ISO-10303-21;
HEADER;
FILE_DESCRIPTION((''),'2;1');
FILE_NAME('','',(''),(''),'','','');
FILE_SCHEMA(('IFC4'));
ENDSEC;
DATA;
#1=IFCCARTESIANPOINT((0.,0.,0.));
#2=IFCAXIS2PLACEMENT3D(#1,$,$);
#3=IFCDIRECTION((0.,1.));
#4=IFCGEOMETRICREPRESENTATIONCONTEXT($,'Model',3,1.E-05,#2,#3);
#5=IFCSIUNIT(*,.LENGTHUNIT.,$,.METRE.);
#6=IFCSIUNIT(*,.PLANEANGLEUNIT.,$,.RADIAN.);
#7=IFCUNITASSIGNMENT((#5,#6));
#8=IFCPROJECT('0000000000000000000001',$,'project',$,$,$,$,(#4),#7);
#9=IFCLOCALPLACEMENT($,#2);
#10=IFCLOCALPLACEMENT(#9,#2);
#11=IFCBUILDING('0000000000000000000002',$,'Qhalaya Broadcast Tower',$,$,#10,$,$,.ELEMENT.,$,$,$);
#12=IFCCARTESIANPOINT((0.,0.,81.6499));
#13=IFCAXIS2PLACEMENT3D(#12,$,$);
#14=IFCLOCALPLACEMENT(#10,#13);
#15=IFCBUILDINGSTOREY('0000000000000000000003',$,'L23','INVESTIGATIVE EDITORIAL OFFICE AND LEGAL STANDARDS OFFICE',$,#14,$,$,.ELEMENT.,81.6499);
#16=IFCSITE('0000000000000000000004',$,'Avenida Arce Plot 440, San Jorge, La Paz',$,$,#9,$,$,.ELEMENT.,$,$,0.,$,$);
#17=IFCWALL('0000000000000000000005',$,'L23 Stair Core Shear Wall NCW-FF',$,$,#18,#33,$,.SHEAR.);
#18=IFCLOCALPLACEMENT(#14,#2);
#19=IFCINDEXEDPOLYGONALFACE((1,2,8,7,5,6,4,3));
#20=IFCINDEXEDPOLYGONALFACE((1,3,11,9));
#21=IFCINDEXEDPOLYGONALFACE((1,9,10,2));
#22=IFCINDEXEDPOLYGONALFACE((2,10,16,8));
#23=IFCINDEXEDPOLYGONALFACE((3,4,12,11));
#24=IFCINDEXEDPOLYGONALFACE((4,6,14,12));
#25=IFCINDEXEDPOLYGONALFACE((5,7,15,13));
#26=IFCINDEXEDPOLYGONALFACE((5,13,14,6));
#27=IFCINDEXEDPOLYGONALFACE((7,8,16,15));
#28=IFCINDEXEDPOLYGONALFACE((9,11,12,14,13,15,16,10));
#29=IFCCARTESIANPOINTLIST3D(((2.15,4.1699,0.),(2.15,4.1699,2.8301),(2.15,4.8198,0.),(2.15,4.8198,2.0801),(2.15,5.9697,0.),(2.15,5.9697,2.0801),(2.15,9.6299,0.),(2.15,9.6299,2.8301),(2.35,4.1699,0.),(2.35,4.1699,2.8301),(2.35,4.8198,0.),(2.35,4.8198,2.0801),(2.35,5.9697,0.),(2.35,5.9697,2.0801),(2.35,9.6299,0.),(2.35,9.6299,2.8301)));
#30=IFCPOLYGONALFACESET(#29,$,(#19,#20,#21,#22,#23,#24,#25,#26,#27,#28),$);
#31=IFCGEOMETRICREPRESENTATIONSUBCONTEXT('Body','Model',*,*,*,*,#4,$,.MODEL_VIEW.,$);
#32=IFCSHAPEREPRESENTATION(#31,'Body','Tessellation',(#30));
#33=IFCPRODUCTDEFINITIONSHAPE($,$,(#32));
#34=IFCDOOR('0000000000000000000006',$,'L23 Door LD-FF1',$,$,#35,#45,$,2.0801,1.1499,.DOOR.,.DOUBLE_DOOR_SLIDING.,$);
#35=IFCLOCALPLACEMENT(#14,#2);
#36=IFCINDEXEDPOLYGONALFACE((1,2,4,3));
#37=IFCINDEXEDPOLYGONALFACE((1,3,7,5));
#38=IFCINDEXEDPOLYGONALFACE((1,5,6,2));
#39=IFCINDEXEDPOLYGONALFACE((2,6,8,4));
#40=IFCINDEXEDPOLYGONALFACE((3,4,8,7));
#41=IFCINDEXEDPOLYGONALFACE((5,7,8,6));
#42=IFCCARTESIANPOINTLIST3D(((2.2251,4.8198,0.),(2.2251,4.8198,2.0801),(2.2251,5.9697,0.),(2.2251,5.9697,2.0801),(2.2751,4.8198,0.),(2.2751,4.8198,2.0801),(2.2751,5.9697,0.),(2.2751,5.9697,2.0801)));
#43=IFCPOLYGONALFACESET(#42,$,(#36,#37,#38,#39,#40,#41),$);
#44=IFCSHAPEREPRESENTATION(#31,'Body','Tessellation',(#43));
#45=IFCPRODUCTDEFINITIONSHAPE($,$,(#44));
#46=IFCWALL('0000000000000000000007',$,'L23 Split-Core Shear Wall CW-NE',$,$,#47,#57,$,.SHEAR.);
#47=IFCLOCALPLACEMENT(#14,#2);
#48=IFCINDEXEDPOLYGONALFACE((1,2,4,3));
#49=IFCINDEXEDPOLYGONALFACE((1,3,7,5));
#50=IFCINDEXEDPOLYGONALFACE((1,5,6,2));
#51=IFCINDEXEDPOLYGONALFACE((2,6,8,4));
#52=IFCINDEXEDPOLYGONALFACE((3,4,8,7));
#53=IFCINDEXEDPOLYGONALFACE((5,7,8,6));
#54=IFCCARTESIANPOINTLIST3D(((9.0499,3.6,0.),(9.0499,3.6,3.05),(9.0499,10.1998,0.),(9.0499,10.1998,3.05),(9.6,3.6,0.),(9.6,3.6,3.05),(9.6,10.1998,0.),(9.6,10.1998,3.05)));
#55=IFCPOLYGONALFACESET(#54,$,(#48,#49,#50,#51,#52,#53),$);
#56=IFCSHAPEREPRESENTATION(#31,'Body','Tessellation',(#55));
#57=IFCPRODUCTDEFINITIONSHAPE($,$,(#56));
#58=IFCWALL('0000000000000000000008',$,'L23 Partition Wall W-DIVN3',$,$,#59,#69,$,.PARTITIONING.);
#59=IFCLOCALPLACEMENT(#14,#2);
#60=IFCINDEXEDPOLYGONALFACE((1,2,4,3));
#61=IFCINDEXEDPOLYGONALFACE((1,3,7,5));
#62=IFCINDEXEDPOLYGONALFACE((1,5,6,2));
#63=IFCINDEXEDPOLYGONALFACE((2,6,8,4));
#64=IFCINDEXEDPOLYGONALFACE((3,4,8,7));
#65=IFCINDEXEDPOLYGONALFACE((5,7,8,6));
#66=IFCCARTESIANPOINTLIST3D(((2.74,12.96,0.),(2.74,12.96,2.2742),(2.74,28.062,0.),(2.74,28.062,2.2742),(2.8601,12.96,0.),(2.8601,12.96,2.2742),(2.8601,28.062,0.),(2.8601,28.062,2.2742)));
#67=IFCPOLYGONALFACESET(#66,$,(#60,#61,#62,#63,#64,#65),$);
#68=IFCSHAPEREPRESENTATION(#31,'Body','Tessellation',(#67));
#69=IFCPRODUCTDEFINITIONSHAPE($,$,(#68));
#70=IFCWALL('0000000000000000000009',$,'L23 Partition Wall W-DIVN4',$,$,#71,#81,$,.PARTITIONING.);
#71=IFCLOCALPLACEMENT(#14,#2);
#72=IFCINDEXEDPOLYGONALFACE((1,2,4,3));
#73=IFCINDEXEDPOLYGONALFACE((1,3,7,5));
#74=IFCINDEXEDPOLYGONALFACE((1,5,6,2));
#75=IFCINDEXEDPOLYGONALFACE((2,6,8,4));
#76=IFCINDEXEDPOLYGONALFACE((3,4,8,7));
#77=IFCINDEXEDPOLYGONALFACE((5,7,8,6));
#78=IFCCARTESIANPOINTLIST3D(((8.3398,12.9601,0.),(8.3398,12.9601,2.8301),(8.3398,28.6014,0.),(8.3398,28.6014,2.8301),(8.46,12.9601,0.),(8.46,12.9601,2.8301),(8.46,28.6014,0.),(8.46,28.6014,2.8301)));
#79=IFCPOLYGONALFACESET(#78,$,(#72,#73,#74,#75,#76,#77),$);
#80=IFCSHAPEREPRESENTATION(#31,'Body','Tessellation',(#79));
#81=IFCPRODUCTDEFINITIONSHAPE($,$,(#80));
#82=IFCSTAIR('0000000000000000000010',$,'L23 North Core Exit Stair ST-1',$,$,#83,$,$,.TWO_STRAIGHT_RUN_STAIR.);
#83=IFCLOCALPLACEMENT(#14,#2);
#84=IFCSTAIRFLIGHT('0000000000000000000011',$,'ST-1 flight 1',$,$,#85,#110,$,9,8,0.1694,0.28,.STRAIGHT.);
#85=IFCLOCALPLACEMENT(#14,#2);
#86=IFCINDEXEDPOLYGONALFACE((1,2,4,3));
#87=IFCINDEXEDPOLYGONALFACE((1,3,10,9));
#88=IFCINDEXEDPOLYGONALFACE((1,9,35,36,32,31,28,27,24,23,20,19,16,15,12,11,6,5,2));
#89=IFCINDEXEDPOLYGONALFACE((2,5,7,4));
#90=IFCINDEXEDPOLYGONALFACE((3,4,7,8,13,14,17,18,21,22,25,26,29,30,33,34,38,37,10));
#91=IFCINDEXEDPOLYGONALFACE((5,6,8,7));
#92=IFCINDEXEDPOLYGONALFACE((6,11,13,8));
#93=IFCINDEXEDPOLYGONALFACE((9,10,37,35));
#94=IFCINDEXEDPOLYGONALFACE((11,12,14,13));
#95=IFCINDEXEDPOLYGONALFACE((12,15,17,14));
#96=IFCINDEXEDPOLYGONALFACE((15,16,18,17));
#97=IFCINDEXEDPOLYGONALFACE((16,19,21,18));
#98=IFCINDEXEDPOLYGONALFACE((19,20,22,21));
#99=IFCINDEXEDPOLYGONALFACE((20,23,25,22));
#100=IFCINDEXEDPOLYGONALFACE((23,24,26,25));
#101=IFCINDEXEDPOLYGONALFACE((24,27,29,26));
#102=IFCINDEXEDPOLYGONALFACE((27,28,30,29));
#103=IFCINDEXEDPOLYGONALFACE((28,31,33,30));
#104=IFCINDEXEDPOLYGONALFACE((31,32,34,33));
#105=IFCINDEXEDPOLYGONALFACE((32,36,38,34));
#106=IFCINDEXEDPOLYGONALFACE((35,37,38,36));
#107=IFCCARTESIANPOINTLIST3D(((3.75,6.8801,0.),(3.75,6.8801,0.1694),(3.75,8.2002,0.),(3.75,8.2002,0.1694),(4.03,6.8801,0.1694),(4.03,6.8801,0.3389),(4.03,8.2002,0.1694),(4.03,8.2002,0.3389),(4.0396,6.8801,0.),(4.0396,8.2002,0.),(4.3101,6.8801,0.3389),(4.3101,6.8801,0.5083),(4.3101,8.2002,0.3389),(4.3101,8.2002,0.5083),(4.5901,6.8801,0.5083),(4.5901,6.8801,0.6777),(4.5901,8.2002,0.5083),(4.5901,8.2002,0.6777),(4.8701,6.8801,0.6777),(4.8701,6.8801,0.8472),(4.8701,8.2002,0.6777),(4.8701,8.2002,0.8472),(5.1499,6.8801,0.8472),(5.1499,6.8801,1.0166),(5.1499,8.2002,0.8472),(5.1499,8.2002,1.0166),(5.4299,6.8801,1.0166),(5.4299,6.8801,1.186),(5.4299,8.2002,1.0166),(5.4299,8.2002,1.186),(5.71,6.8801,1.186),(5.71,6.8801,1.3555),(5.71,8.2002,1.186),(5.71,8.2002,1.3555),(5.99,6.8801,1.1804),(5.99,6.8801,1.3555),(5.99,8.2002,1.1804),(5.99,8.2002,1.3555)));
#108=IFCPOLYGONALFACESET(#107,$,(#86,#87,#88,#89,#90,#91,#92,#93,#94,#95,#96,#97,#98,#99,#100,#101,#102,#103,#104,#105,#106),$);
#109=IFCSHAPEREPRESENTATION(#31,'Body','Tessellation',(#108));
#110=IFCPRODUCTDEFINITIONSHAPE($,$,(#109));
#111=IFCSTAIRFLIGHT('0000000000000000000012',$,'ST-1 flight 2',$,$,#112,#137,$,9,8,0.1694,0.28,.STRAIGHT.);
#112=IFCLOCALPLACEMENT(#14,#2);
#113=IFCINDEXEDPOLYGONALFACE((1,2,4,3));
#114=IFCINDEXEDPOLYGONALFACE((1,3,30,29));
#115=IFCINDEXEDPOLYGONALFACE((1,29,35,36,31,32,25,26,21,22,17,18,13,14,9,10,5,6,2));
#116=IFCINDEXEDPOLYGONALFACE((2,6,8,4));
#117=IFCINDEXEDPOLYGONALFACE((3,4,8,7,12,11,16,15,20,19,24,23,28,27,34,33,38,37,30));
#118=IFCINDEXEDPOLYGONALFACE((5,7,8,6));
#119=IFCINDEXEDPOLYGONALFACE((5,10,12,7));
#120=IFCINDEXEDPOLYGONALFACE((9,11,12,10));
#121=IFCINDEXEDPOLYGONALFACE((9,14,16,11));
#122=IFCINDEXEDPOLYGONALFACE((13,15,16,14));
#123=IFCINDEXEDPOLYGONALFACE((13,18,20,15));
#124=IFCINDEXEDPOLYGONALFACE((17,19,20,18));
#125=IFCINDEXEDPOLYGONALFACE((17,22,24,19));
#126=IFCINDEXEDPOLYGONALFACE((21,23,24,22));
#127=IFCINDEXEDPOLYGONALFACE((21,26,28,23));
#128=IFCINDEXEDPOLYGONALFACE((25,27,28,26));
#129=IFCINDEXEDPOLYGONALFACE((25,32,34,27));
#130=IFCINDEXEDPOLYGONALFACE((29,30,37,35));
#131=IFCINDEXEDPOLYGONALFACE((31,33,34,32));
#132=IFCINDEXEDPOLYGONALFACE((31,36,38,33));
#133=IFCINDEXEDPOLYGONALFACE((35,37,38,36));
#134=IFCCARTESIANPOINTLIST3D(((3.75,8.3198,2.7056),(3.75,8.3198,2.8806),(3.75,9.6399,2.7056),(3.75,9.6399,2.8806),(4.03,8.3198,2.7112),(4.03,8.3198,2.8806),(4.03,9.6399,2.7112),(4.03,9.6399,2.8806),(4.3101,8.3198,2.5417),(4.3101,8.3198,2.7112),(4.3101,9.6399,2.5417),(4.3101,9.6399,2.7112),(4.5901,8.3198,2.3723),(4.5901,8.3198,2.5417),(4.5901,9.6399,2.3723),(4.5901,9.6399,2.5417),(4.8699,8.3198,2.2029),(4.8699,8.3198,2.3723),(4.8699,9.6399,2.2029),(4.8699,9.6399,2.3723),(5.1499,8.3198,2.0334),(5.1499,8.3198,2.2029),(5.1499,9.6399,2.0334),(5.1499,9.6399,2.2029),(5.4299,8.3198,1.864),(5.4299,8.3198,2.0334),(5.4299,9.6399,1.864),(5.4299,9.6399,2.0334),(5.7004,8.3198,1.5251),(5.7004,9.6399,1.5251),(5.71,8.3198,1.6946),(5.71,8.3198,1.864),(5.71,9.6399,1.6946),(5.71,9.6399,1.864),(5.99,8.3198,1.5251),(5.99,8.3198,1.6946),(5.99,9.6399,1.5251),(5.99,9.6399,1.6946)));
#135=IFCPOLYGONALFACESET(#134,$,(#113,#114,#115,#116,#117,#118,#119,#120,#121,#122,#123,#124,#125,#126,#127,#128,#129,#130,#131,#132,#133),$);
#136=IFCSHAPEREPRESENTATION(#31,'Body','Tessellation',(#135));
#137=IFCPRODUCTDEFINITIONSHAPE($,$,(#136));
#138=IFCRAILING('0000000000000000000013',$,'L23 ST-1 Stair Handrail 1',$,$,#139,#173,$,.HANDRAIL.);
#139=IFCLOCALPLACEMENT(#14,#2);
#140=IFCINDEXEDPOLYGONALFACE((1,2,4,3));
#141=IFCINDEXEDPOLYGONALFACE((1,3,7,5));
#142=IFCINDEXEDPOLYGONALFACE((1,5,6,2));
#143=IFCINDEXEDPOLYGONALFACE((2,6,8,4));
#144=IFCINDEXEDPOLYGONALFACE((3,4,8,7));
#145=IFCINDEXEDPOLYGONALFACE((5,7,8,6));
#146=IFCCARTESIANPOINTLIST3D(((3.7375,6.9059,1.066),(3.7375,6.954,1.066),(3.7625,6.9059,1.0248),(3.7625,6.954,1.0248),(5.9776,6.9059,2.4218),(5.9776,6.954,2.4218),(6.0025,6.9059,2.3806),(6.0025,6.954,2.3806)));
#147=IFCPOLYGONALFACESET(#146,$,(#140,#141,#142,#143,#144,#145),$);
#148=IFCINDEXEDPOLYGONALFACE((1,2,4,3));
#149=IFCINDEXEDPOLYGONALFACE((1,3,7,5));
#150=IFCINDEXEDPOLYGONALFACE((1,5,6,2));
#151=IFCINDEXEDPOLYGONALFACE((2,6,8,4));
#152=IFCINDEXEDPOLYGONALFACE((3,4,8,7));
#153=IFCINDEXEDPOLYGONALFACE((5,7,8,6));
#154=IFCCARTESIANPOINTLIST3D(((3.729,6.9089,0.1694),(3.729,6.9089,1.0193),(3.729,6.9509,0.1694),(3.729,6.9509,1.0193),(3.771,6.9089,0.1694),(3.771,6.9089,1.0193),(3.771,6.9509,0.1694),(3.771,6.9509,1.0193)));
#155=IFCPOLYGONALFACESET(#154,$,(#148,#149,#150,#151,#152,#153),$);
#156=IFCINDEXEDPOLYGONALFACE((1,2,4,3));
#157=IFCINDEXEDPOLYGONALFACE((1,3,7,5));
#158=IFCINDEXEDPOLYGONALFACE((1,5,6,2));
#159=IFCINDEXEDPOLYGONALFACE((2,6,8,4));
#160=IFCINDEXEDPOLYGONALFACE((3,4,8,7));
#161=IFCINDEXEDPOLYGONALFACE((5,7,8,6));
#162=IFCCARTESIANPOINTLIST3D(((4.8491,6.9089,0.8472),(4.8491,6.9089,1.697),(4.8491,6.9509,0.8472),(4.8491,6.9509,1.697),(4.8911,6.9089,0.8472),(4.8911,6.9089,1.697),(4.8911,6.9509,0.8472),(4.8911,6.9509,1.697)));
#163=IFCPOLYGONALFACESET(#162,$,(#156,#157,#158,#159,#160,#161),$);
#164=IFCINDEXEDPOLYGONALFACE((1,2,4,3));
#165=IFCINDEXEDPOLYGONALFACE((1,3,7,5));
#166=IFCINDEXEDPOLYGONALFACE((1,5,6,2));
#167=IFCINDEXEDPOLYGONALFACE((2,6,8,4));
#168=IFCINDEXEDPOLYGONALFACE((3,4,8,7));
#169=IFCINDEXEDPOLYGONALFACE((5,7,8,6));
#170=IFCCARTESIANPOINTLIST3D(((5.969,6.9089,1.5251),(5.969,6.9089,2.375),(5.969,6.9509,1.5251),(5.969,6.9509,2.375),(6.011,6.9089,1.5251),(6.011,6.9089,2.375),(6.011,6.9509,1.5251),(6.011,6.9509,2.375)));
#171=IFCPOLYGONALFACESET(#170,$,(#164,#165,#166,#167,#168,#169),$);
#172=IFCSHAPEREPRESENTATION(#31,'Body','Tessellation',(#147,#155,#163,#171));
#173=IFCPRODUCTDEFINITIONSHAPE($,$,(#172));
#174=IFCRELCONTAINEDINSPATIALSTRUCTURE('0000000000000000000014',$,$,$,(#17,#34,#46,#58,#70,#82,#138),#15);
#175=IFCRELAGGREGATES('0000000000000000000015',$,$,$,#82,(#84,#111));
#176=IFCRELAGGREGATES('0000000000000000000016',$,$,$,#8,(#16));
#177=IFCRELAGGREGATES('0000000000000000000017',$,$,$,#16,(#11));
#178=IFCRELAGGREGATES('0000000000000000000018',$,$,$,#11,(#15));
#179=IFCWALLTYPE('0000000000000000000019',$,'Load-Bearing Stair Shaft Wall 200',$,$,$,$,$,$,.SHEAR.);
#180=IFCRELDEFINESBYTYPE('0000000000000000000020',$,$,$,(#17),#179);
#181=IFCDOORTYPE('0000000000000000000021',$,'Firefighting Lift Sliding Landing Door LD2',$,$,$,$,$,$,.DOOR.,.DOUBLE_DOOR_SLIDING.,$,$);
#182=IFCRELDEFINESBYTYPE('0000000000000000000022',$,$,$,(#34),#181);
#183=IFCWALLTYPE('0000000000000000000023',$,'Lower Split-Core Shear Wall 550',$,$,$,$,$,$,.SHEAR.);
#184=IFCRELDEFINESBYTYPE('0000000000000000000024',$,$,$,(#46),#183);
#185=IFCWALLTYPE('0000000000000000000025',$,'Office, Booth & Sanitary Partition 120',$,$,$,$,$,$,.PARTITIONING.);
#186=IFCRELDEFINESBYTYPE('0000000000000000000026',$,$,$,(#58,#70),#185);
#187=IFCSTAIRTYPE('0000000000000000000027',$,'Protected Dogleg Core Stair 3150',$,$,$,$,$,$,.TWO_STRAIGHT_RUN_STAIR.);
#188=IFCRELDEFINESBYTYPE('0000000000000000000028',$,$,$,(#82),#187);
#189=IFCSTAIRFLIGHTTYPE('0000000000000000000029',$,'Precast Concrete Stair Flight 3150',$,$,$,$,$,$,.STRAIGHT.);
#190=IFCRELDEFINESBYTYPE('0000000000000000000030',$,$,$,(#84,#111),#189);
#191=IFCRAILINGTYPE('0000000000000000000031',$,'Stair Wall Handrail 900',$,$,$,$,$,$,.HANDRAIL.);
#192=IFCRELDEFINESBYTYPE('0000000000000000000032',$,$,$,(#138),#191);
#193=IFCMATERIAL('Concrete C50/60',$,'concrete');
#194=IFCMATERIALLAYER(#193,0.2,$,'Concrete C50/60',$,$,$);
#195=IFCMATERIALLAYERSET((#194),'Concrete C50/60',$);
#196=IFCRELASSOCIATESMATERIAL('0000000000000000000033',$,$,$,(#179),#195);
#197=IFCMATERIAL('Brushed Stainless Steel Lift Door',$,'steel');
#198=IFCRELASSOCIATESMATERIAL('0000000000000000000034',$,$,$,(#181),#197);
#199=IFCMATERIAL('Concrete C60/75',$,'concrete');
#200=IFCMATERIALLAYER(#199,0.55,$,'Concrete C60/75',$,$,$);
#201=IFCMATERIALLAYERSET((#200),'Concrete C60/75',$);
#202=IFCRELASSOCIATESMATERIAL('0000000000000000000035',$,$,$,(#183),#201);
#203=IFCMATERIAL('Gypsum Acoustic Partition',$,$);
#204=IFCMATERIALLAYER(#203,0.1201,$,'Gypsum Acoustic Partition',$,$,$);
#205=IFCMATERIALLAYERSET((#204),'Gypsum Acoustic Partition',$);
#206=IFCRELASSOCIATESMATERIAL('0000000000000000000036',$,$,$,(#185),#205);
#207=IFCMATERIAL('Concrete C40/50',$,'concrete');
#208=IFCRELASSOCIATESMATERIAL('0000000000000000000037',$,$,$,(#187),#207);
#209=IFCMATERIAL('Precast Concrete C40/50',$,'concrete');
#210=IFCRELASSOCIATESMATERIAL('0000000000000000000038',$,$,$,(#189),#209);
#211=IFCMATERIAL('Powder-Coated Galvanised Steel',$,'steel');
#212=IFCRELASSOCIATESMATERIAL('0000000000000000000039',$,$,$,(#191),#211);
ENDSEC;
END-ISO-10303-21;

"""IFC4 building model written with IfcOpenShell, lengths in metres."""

from ifc_helpers import new_model, si_unit, direction, frame, frame_2d, origin, origin_2d, place, context, subcontext, project, spatial, polyline, rectangle, outline, extrude, material, layer, layer_set, type_object, element, fill, aggregate, save


model = new_model("IFC4")

# Units and contexts
model_context = context("Model", 3, precision=1e-05, world=origin(), true_north=direction((0.0, 1.0)))
body_context = subcontext(model_context, "Body", "Model", "MODEL_VIEW")
ifc_project = project(units=[si_unit("LENGTHUNIT", "METRE"), si_unit("PLANEANGLEUNIT", "RADIAN")], contexts=[model_context])

# Site, building, storey
site_placement = place(None, origin())
site = spatial("IfcSite", under=ifc_project, at=site_placement, Name="Avenida Arce Plot 440, San Jorge, La Paz", CompositionType="ELEMENT", RefElevation=0.0)
building_placement = place(site_placement, origin())
building = spatial("IfcBuilding", under=site, at=building_placement, Name="Qhalaya Broadcast Tower", CompositionType="ELEMENT")
storey_placement = place(building_placement, frame((0.0, 0.0, 81.6499)))
storey = spatial("IfcBuildingStorey", under=building, at=storey_placement, Name="L23", Description="INVESTIGATIVE EDITORIAL OFFICE AND LEGAL STANDARDS OFFICE", CompositionType="ELEMENT", Elevation=81.6499)

# Shared definitions
ifc_material_1 = material(Name="Concrete C50/60", Category="concrete")

# Wall, opening, door
ifc_material_2 = material(Name="Gypsum Acoustic Partition")
ifc_layer_1 = layer(ifc_material_1, 0.2, Name="Concrete C50/60")
ifc_layer_set_1 = layer_set([ifc_layer_1], Name="Concrete C50/60")
wall_type_1 = type_object("IfcWallType", Name="Load-Bearing Stair Shaft Wall 200", PredefinedType="SHEAR", material=ifc_layer_set_1)
wall_1_placement = place(storey_placement, frame((2.25, 4.1699, 0.0), z_axis=(0.0, 0.0, 1.0), x_axis=(0.0, 1.0, 0.0)))
wall_1 = element("IfcWall", 1, at=wall_1_placement, inside=storey, type_object=wall_type_1, Name="L23 Stair Core Shear Wall NCW-FF", PredefinedType="SHEAR", context=body_context, shape_type="SweptSolid", body=[
    extrude(rectangle(XDim=5.46, YDim=0.2, at=frame_2d((2.73, 0.0))), origin(), (0.0, 0.0, 1.0), 2.8301),
])
opening_1_placement = place(wall_1_placement, frame((0.6499, 0.0, 0.0)))
opening_1 = element("IfcOpeningElement", 2, at=opening_1_placement, cuts=wall_1, PredefinedType="OPENING", context=body_context, shape_type="SweptSolid", body=[
    extrude(rectangle(XDim=1.1499, YDim=2.0801, at=frame_2d((0.575, 1.04))), frame((0.0, 0.1121, 0.0), z_axis=(0.0, -1.0, 0.0), x_axis=(1.0, 0.0, 0.0)), (0.0, 0.0, 1.0), 0.2239),
])
ifc_material_3 = material(Name="Brushed Stainless Steel Lift Door", Category="steel")
door_type_1 = type_object("IfcDoorType", Name="Firefighting Lift Sliding Landing Door LD2", OperationType="DOUBLE_DOOR_SLIDING", PredefinedType="DOOR", material=ifc_material_3)
door_1_placement = place(opening_1_placement, origin())
door_1 = element("IfcDoor", 3, at=door_1_placement, inside=storey, type_object=door_type_1, Name="L23 Door LD-FF1", OperationType="DOUBLE_DOOR_SLIDING", OverallHeight=2.0801, OverallWidth=1.1499, PredefinedType="DOOR", context=body_context, shape_type="SweptSolid", body=[
    extrude(rectangle(XDim=1.1499, YDim=2.0801, at=frame_2d((0.575, 1.04))), frame((0.0, 0.0249, 0.0), z_axis=(0.0, -1.0, 0.0), x_axis=(1.0, 0.0, 0.0)), (0.0, 0.0, 1.0), 0.05),
])
fill(opening_1, door_1)

# Walls
ifc_material_4 = material(Name="Concrete C60/75", Category="concrete")
ifc_layer_2 = layer(ifc_material_4, 0.55, Name="Concrete C60/75")
ifc_layer_set_2 = layer_set([ifc_layer_2], Name="Concrete C60/75")
wall_type_2 = type_object("IfcWallType", Name="Lower Split-Core Shear Wall 550", PredefinedType="SHEAR", material=ifc_layer_set_2)
wall_2_placement = place(storey_placement, frame((9.325, 3.6001, 0.0), z_axis=(0.0, 0.0, 1.0), x_axis=(0.0, 1.0, 0.0)))
element("IfcWall", 4, at=wall_2_placement, inside=storey, type_object=wall_type_2, Name="L23 Split-Core Shear Wall CW-NE", PredefinedType="SHEAR", context=body_context, shape_type="SweptSolid", body=[
    extrude(rectangle(XDim=6.5999, YDim=0.55, at=frame_2d((3.2998, 0.0))), origin(), (0.0, 0.0, 1.0), 3.05),
])
ifc_layer_3 = layer(ifc_material_2, 0.1201, Name="Gypsum Acoustic Partition")
ifc_layer_set_3 = layer_set([ifc_layer_3], Name="Gypsum Acoustic Partition")
wall_type_3 = type_object("IfcWallType", Name="Office, Booth & Sanitary Partition 120", PredefinedType="PARTITIONING", material=ifc_layer_set_3)
wall_3_placement = place(storey_placement, frame((2.8, 12.96, 0.0), z_axis=(0.0, 0.0, 1.0), x_axis=(0.0, 1.0, 0.0)))
element("IfcWall", 5, at=wall_3_placement, inside=storey, type_object=wall_type_3, Name="L23 Partition Wall W-DIVN3", PredefinedType="PARTITIONING", context=body_context, shape_type="SweptSolid", body=[
    extrude(rectangle(XDim=15.1021, YDim=0.1201, at=frame_2d((7.551, 0.0))), origin(), (0.0, 0.0, 1.0), 2.2742),
])
wall_4_placement = place(storey_placement, frame((8.3999, 12.96, 0.0), z_axis=(0.0, 0.0, 1.0), x_axis=(0.0, 1.0, 0.0)))
element("IfcWall", 6, at=wall_4_placement, inside=storey, type_object=wall_type_3, Name="L23 Partition Wall W-DIVN4", PredefinedType="PARTITIONING", context=body_context, shape_type="SweptSolid", body=[
    extrude(rectangle(XDim=15.6414, YDim=0.1201, at=frame_2d((7.8208, 0.0))), origin(), (0.0, 0.0, 1.0), 2.8301),
])

# Stair, stair flights
ifc_material_5 = material(Name="Concrete C40/50", Category="concrete")
stair_type = type_object("IfcStairType", Name="Protected Dogleg Core Stair 3150", PredefinedType="TWO_STRAIGHT_RUN_STAIR", material=ifc_material_5)
stair_placement = place(storey_placement, origin())
stair = element("IfcStair", 7, at=stair_placement, inside=storey, type_object=stair_type, Name="L23 North Core Exit Stair ST-1", PredefinedType="TWO_STRAIGHT_RUN_STAIR")
ifc_material_6 = material(Name="Precast Concrete C40/50", Category="concrete")
stair_flight_type = type_object("IfcStairFlightType", Name="Precast Concrete Stair Flight 3150", PredefinedType="STRAIGHT", material=ifc_material_6)
stair_flight_1_placement = place(storey_placement, frame((3.75, 7.54, 0.0), z_axis=(0.0, 0.0, 1.0), x_axis=(1.0, 0.0, 0.0)))
stair_flight_1 = element("IfcStairFlight", 8, at=stair_flight_1_placement, type_object=stair_flight_type, Name="ST-1 flight 1", NumberOfRisers=9, NumberOfTreads=8, PredefinedType="STRAIGHT", RiserHeight=0.1694, TreadLength=0.28, context=body_context, shape_type="SweptSolid", body=[
    extrude(outline(polyline([(0.0, 0.0), (0.0, 0.1694), (0.28, 0.1694), (0.28, 0.3389), (0.5601, 0.3389), (0.5601, 0.5083), (0.8401, 0.5083), (0.8401, 0.6777), (1.1201, 0.6777), (1.1201, 0.8472), (1.3999, 0.8472), (1.3999, 1.0166), (1.6799, 1.0166), (1.6799, 1.186), (1.96, 1.186), (1.96, 1.3555), (2.24, 1.3555), (2.24, 1.5249), (2.24, 1.1804), (0.2896, 0.0), (0.0, 0.0)])), frame((0.0, 0.6602, 0.0), z_axis=(0.0, -1.0, 0.0), x_axis=(1.0, 0.0, 0.0)), (0.0, 0.0, 1.0), 1.3201),
])
stair_flight_2_placement = place(storey_placement, frame((5.99, 8.98, 1.5251), z_axis=(0.0, 0.0, 1.0), x_axis=(-1.0, 0.0, 0.0)))
stair_flight_2 = element("IfcStairFlight", 9, at=stair_flight_2_placement, type_object=stair_flight_type, Name="ST-1 flight 2", NumberOfRisers=9, NumberOfTreads=8, PredefinedType="STRAIGHT", RiserHeight=0.1694, TreadLength=0.28, context=body_context, shape_type="SweptSolid", body=[
    extrude(outline(polyline([(0.0, 0.0), (0.0, 0.1694), (0.28, 0.1694), (0.28, 0.3389), (0.5601, 0.3389), (0.5601, 0.5083), (0.8401, 0.5083), (0.8401, 0.6777), (1.1201, 0.6777), (1.1201, 0.8472), (1.3999, 0.8472), (1.3999, 1.0166), (1.6799, 1.0166), (1.6799, 1.186), (1.96, 1.186), (1.96, 1.3555), (2.24, 1.3555), (2.24, 1.5249), (2.24, 1.1804), (0.2896, 0.0), (0.0, 0.0)])), frame((0.0, 0.6602, 0.0), z_axis=(0.0, -1.0, 0.0), x_axis=(1.0, 0.0, 0.0)), (0.0, 0.0, 1.0), 1.3201),
])
aggregate(stair, [stair_flight_1, stair_flight_2])

# Railing
ifc_material_7 = material(Name="Powder-Coated Galvanised Steel", Category="steel")
railing_type_1 = type_object("IfcRailingType", Name="Stair Wall Handrail 900", PredefinedType="HANDRAIL", material=ifc_material_7)
railing_1_placement = place(storey_placement, frame((3.75, 6.9299, 0.1694)))
element("IfcRailing", 10, at=railing_1_placement, inside=storey, type_object=railing_type_1, Name="L23 ST-1 Stair Handrail 1", PredefinedType="HANDRAIL", context=body_context, shape_type="SweptSolid", body=[
    extrude(rectangle(XDim=0.0481, YDim=0.0481, at=origin_2d()), frame((0.0, 0.0, 0.876), z_axis=(0.855512, 0.0, 0.517783), x_axis=(0.0, 1.0, 0.0)), (0.0, 0.0, 1.0), 2.6184),
    extrude(rectangle(XDim=0.042, YDim=0.042, at=origin_2d()), origin(), (0.0, 0.0, 1.0), 0.8499),
    extrude(rectangle(XDim=0.042, YDim=0.042, at=origin_2d()), frame((1.1201, 0.0, 0.6777)), (0.0, 0.0, 1.0), 0.8499),
    extrude(rectangle(XDim=0.042, YDim=0.042, at=origin_2d()), frame((2.24, 0.0, 1.3557)), (0.0, 0.0, 1.0), 0.8499),
])

save(model, "model.ifc")
